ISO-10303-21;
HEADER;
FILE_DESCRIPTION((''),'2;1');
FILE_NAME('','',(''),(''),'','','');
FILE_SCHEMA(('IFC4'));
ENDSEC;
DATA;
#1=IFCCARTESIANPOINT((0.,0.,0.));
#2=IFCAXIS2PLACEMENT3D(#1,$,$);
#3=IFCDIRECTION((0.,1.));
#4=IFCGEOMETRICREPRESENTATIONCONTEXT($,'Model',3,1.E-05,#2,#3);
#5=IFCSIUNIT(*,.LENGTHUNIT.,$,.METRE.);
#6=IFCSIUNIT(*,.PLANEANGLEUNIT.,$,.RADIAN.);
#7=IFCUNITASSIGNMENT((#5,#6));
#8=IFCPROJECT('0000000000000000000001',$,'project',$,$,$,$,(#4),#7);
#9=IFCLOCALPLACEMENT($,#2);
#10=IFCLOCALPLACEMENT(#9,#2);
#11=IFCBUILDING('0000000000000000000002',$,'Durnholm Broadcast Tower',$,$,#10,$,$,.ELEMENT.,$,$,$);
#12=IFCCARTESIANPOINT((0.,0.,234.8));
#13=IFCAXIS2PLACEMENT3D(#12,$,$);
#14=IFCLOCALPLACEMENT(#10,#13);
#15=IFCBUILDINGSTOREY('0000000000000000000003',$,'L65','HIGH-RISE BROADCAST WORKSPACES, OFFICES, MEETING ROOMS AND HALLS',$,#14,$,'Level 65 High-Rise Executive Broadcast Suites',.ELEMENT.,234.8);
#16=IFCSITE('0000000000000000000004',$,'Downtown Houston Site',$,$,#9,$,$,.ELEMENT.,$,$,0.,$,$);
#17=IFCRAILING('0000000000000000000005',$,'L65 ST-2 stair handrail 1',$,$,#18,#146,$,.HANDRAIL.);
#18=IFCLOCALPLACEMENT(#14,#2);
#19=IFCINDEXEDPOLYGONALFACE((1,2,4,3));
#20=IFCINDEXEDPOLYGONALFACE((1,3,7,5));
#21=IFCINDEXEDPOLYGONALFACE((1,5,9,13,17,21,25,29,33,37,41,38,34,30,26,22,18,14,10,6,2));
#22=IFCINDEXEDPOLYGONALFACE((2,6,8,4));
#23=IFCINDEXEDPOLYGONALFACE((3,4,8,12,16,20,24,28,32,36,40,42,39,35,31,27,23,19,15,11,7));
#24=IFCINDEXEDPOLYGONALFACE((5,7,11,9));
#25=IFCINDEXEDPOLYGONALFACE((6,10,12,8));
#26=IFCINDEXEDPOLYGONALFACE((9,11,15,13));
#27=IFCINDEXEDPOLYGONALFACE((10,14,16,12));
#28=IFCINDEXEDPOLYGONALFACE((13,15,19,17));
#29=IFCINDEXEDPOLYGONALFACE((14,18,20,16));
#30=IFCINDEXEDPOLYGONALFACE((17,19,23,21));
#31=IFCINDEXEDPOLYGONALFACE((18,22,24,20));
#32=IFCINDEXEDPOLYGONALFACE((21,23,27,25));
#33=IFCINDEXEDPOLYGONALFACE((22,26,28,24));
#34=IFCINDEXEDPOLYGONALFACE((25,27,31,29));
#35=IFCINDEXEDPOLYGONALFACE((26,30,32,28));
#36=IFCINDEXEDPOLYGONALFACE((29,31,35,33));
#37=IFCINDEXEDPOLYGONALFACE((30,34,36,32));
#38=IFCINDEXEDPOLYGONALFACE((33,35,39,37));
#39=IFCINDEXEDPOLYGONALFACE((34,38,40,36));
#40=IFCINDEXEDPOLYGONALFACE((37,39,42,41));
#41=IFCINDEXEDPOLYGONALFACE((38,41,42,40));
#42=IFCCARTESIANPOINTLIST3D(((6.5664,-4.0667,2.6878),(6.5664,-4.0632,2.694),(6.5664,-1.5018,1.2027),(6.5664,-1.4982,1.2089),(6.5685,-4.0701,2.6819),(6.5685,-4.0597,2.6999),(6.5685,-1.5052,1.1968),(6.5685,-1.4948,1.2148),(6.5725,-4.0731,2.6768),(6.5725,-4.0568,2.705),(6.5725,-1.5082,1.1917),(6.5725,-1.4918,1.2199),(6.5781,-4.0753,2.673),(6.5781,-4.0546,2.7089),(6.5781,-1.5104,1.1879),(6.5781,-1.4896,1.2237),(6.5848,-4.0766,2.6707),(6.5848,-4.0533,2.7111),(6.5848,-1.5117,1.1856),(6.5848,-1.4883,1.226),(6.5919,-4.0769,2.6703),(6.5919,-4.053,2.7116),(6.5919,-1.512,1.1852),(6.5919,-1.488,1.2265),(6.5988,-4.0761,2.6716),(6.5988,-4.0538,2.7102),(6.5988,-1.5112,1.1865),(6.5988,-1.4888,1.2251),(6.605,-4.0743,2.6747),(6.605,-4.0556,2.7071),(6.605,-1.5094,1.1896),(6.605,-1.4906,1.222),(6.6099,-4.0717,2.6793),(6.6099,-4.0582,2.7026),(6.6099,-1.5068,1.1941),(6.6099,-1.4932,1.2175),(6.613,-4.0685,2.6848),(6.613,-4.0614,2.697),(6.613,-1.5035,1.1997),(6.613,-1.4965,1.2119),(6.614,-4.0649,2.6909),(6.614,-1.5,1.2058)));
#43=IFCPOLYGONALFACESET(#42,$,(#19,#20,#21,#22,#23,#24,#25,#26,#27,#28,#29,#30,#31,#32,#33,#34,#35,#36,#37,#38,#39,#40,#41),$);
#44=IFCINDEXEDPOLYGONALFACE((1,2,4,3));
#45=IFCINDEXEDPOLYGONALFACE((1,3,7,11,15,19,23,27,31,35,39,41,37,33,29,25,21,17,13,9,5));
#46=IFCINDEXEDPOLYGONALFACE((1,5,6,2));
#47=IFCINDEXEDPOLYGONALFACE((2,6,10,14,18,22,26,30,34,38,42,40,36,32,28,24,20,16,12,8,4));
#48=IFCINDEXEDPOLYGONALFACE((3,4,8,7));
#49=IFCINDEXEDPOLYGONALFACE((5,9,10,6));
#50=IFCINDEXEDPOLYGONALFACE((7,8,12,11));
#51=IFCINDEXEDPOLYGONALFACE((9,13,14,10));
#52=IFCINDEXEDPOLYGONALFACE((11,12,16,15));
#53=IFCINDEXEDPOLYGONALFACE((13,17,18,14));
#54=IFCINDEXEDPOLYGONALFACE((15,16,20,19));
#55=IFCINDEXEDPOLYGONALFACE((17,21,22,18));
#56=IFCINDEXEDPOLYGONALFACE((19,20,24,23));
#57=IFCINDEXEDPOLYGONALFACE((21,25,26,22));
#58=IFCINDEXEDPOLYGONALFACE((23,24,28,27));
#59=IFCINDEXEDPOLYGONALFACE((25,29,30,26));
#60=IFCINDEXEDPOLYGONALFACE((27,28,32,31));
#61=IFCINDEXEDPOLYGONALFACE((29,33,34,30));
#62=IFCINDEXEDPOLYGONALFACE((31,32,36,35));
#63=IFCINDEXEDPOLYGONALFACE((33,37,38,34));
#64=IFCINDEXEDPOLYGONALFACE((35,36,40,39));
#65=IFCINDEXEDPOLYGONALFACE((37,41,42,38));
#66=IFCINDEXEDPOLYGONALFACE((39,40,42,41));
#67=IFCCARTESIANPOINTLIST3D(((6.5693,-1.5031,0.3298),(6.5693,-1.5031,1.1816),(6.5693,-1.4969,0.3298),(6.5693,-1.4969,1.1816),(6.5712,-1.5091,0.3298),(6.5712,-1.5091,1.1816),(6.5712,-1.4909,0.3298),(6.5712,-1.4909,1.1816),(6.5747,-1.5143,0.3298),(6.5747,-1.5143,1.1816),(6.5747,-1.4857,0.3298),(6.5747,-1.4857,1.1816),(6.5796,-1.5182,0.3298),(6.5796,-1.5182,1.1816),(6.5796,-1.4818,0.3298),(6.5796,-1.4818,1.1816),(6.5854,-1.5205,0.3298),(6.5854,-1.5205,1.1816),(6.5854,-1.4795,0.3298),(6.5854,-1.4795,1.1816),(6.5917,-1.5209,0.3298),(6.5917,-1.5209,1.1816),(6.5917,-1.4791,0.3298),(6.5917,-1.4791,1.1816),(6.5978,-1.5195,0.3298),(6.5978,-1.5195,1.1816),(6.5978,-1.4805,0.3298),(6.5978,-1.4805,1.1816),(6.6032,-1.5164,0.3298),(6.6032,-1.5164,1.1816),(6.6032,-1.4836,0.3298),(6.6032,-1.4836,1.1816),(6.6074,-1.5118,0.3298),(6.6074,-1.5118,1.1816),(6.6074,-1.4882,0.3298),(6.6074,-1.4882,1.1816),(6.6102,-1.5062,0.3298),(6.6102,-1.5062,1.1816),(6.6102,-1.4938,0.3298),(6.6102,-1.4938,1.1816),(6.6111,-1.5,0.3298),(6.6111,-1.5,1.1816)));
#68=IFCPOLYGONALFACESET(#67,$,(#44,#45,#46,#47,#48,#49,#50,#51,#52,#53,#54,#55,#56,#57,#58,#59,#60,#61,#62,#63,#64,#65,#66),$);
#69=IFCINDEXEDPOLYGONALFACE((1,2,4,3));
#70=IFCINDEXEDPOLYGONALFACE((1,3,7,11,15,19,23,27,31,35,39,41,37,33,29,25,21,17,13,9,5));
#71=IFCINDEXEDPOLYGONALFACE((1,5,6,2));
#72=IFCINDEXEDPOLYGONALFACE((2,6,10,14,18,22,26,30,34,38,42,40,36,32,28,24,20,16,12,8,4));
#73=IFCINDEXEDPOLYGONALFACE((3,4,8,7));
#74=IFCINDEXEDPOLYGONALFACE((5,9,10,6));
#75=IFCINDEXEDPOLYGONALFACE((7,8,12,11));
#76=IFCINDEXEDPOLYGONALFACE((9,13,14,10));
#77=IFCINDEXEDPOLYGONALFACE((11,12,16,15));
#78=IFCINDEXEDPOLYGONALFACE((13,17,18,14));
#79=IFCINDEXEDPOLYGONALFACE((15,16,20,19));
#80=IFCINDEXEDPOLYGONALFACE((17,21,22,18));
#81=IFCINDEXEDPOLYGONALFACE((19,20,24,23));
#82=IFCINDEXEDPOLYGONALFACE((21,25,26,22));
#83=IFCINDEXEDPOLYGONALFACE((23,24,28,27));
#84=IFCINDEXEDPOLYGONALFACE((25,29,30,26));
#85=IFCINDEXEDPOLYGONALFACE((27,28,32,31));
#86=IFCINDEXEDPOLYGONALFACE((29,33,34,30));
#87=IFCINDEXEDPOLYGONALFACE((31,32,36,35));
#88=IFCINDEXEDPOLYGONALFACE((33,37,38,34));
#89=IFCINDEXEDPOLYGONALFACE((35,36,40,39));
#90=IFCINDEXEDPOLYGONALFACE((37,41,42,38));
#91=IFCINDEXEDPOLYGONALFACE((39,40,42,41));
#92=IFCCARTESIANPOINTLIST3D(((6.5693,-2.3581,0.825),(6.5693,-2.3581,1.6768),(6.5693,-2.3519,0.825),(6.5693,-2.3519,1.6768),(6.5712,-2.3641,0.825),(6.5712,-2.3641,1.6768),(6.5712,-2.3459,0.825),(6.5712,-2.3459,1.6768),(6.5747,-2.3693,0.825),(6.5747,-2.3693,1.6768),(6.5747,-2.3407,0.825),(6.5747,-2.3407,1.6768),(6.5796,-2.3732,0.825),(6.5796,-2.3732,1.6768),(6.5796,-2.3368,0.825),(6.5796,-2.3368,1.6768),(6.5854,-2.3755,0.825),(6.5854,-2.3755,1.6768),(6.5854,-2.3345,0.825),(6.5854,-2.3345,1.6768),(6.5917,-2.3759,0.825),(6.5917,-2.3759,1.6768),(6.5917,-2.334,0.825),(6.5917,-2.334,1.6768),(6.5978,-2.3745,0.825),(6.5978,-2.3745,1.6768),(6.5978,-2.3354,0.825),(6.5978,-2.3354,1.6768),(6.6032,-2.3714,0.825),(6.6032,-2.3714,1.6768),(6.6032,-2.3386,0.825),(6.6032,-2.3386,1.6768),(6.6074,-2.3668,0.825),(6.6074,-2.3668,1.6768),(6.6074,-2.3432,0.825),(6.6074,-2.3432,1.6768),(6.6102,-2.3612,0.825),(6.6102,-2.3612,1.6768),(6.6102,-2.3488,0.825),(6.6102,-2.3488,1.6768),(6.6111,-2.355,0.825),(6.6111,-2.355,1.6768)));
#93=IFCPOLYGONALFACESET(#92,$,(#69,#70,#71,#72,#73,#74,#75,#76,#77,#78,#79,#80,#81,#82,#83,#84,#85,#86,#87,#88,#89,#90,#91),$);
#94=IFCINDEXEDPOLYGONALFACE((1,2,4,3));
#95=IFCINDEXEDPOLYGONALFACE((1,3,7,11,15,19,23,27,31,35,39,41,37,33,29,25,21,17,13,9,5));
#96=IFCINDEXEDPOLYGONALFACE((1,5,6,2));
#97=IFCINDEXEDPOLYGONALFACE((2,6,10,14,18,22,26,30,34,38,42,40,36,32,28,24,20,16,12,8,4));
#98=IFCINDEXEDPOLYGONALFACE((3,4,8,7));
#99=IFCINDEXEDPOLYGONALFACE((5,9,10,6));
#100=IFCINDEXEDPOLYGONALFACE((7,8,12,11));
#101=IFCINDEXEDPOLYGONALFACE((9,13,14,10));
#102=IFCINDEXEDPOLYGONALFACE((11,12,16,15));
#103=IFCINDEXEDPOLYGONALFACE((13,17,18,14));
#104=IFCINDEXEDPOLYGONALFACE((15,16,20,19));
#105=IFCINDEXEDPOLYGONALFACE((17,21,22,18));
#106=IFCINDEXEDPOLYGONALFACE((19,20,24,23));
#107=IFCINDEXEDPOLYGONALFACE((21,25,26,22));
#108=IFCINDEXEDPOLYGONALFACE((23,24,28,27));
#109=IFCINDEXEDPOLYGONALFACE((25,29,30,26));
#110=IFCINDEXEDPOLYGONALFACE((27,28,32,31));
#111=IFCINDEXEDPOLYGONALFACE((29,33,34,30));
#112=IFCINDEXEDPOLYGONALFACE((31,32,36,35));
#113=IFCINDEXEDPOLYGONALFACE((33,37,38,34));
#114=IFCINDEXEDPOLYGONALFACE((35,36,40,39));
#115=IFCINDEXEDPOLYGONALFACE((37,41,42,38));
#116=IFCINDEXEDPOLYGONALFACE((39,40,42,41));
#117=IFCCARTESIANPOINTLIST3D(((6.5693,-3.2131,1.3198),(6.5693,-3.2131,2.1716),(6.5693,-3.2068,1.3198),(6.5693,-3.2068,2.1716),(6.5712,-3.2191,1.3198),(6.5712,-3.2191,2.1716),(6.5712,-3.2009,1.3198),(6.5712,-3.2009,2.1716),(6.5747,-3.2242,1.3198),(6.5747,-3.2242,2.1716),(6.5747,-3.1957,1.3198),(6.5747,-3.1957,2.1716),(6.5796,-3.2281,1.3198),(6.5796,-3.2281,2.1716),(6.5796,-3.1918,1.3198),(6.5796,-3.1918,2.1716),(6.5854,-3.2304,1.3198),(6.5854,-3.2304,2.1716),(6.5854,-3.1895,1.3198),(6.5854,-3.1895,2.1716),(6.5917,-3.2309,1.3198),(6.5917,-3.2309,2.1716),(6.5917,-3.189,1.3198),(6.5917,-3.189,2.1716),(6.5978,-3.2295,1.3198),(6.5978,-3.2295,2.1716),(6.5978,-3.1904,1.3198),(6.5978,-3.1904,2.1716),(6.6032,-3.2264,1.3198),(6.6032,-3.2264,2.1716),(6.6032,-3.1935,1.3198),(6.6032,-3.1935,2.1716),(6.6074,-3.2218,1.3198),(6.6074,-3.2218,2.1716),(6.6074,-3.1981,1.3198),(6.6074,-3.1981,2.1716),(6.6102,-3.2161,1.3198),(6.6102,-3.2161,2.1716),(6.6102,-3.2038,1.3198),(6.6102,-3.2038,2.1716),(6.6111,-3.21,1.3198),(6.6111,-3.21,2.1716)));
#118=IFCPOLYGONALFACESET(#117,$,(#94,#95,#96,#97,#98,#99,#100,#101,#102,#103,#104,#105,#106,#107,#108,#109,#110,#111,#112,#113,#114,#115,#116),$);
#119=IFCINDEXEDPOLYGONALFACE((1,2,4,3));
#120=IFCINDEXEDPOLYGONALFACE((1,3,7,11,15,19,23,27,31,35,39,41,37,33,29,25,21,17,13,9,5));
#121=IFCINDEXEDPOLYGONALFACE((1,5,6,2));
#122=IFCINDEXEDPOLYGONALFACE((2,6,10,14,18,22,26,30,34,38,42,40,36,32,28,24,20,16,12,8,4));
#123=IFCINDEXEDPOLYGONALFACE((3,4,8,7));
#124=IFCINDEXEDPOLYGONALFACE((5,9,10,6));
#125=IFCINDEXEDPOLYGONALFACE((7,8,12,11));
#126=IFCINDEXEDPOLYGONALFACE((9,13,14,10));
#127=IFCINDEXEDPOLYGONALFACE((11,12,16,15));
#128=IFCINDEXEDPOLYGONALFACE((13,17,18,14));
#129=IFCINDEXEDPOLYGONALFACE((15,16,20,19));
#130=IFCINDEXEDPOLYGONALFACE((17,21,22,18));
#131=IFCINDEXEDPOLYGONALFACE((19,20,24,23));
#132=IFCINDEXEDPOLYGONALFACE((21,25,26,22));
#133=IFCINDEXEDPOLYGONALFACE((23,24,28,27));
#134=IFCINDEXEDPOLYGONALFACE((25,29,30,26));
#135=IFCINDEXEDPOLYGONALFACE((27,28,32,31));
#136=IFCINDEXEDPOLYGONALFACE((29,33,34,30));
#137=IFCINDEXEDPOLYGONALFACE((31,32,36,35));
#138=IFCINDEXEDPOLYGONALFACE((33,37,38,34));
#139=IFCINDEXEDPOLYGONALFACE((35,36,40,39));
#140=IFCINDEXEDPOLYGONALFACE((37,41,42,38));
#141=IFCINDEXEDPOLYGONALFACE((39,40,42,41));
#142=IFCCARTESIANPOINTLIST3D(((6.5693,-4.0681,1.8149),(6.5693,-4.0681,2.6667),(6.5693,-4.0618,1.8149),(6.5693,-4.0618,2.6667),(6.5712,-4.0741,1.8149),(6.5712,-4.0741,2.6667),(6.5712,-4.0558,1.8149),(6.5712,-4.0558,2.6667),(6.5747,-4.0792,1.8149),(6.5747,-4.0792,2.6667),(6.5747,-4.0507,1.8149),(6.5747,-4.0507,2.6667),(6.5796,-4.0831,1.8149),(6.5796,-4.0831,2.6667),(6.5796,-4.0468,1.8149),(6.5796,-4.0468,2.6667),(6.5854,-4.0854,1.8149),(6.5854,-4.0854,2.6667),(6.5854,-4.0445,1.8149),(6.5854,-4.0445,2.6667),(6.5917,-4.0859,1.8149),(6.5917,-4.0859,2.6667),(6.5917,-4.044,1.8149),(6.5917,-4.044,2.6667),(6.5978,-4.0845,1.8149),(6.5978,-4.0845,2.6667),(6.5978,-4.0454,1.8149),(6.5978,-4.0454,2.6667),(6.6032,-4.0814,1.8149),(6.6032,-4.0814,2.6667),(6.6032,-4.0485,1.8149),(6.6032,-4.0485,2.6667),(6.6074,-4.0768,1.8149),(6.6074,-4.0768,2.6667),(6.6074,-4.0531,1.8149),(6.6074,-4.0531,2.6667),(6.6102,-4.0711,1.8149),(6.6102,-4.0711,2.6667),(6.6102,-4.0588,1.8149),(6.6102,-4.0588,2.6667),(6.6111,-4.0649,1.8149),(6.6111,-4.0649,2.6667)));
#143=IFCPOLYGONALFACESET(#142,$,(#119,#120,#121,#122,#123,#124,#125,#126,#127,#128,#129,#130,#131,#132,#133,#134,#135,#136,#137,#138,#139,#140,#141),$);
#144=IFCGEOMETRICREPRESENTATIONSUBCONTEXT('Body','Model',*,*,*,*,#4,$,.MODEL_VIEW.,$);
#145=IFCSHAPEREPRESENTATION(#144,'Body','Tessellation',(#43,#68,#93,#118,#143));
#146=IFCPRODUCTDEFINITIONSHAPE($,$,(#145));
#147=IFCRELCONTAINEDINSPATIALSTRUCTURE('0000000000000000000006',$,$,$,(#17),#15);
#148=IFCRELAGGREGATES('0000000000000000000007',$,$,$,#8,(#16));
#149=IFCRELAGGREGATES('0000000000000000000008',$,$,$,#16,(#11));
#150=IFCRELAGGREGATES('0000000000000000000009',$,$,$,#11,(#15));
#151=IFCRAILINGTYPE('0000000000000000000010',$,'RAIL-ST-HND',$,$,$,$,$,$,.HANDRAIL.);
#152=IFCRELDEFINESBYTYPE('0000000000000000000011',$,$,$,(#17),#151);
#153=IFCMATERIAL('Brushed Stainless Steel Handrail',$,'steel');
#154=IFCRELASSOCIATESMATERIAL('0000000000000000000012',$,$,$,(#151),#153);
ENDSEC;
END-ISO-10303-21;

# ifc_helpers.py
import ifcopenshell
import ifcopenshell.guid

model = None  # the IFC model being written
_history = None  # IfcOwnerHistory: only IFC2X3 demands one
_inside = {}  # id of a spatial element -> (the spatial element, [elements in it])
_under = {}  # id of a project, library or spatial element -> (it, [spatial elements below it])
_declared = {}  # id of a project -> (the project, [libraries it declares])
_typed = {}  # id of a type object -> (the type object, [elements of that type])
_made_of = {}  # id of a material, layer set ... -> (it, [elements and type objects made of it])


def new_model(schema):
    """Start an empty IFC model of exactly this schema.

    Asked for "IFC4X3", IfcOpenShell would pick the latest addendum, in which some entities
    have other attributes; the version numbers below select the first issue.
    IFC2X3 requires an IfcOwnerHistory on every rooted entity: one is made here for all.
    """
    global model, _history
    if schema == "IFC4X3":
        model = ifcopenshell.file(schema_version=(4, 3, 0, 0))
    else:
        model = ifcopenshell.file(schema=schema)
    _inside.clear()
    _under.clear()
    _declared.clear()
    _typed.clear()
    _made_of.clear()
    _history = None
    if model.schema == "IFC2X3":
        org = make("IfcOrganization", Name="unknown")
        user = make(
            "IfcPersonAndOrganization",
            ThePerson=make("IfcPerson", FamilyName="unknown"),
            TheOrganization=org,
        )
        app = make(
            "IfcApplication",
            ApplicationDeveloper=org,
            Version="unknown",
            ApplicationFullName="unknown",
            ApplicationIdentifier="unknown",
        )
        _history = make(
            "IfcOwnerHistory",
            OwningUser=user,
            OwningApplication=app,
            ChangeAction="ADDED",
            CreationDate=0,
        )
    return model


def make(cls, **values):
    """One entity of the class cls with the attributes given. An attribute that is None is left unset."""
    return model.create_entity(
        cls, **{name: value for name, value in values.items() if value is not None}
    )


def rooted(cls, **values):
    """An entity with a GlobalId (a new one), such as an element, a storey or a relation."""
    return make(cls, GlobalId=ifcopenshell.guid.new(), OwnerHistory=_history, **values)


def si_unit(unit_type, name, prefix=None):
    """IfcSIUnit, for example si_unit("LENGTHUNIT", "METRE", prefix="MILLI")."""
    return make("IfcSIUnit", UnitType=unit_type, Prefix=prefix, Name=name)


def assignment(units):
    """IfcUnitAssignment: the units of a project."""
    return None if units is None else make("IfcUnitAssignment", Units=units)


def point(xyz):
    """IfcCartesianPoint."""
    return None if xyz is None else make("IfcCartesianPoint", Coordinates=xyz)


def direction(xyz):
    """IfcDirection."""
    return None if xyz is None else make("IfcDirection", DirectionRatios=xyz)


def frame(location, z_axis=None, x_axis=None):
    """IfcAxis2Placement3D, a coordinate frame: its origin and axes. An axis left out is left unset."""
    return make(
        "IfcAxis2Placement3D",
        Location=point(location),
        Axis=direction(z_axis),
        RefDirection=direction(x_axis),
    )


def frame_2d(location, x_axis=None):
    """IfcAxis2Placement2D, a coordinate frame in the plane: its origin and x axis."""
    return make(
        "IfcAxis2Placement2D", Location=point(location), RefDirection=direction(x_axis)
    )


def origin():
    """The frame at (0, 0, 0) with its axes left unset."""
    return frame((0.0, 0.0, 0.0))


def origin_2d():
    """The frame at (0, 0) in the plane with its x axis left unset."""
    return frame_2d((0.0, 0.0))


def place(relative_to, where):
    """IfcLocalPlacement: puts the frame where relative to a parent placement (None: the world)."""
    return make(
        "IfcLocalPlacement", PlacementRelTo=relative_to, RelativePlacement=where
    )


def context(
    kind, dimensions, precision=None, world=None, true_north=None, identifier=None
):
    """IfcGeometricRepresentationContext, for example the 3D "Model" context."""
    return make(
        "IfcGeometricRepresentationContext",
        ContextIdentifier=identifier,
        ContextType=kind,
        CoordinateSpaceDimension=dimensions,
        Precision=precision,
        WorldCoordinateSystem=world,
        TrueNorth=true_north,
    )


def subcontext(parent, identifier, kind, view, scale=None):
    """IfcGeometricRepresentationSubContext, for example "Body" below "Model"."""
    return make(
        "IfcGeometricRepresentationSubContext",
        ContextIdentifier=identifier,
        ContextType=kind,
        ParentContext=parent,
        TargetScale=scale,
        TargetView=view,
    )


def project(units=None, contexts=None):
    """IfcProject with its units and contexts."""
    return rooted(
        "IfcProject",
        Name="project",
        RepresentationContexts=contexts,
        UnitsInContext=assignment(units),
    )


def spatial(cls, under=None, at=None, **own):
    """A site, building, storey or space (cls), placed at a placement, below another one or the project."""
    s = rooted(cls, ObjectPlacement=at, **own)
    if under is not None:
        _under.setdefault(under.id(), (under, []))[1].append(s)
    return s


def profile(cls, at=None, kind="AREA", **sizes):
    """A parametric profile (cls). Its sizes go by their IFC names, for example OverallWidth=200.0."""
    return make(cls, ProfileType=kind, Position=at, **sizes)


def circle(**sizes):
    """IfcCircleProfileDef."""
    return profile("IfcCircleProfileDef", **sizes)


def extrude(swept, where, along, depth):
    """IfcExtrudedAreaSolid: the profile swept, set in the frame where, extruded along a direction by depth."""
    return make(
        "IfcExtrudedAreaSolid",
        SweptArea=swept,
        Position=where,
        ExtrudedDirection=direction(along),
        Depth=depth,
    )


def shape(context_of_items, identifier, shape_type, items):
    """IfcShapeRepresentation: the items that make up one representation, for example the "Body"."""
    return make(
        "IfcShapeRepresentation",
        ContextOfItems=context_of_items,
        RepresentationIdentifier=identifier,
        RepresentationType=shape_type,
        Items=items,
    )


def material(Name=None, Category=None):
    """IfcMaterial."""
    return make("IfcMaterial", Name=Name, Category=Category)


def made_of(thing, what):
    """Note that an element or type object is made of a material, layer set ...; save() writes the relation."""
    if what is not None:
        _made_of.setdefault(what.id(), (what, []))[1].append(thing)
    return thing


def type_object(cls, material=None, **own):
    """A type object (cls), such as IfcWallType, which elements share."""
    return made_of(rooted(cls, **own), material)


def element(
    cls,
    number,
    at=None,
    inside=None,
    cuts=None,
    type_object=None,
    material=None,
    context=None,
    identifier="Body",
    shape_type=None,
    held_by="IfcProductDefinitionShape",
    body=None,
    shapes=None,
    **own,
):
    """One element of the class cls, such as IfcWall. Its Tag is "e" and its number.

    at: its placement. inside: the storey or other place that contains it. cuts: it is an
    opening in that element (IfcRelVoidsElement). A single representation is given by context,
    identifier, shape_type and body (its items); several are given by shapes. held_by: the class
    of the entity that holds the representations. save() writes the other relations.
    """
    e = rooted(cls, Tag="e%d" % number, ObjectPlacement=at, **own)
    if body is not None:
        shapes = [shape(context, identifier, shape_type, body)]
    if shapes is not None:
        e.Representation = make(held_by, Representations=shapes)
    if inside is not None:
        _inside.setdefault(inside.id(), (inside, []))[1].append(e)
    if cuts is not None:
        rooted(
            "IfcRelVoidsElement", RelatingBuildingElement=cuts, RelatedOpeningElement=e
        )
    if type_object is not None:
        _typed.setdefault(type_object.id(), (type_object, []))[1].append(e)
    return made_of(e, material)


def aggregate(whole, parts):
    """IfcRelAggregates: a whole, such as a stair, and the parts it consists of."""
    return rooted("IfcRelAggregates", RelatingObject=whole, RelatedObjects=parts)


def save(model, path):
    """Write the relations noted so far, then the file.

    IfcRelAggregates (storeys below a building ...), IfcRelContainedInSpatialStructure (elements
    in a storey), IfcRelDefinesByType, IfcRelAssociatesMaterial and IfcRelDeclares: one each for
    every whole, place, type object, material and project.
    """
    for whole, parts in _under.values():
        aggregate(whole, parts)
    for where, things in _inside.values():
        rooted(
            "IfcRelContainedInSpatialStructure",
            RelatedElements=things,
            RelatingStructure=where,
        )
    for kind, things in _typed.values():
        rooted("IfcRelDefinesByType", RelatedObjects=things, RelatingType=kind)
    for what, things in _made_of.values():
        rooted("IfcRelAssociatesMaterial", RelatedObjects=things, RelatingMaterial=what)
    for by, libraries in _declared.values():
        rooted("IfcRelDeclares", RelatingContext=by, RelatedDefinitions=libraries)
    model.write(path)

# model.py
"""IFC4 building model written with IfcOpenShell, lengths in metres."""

from ifc_helpers import new_model, si_unit, direction, frame, origin, origin_2d, place, context, subcontext, project, spatial, circle, extrude, material, type_object, element, save


model = new_model("IFC4")

# Units and contexts
model_context = context("Model", 3, precision=1e-05, world=origin(), true_north=direction((0.0, 1.0)))
body_context = subcontext(model_context, "Body", "Model", "MODEL_VIEW")
ifc_project = project(units=[si_unit("LENGTHUNIT", "METRE"), si_unit("PLANEANGLEUNIT", "RADIAN")], contexts=[model_context])

# Site, building, storey
site_placement = place(None, origin())
site = spatial("IfcSite", under=ifc_project, at=site_placement, Name="Downtown Houston Site", CompositionType="ELEMENT", RefElevation=0.0)
building_placement = place(site_placement, origin())
building = spatial("IfcBuilding", under=site, at=building_placement, Name="Durnholm Broadcast Tower", CompositionType="ELEMENT")
storey_placement = place(building_placement, frame((0.0, 0.0, 234.8)))
storey = spatial("IfcBuildingStorey", under=building, at=storey_placement, Name="L65", Description="HIGH-RISE BROADCAST WORKSPACES, OFFICES, MEETING ROOMS AND HALLS", LongName="Level 65 High-Rise Executive Broadcast Suites", CompositionType="ELEMENT", Elevation=234.8)

# Railing
ifc_material_1 = material(Name="Brushed Stainless Steel Handrail", Category="steel")
railing_type_1 = type_object("IfcRailingType", Name="RAIL-ST-HND", PredefinedType="HANDRAIL", material=ifc_material_1)
railing_1_placement = place(storey_placement, frame((6.5901, -1.5, 0.3298)))
element("IfcRailing", 1, at=railing_1_placement, inside=storey, type_object=railing_type_1, Name="L65 ST-2 stair handrail 1", PredefinedType="HANDRAIL", context=body_context, shape_type="SweptSolid", body=[
    extrude(circle(Radius=0.0239, at=origin_2d()), frame((0.0, 0.0, 0.876), z_axis=(0.0, -0.865406, 0.501072), x_axis=(1.0, 0.0, 0.0)), (0.0, 0.0, 1.0), 2.9639),
    extrude(circle(Radius=0.021, at=origin_2d()), origin(), (0.0, 0.0, 1.0), 0.8518),
    extrude(circle(Radius=0.021, at=origin_2d()), frame((0.0, -0.855, 0.4951)), (0.0, 0.0, 1.0), 0.8518),
    extrude(circle(Radius=0.021, at=origin_2d()), frame((0.0, -1.71, 0.99)), (0.0, 0.0, 1.0), 0.8518),
    extrude(circle(Radius=0.021, at=origin_2d()), frame((0.0, -2.5649, 1.4851)), (0.0, 0.0, 1.0), 0.8518),
])

save(model, "model.ifc")
